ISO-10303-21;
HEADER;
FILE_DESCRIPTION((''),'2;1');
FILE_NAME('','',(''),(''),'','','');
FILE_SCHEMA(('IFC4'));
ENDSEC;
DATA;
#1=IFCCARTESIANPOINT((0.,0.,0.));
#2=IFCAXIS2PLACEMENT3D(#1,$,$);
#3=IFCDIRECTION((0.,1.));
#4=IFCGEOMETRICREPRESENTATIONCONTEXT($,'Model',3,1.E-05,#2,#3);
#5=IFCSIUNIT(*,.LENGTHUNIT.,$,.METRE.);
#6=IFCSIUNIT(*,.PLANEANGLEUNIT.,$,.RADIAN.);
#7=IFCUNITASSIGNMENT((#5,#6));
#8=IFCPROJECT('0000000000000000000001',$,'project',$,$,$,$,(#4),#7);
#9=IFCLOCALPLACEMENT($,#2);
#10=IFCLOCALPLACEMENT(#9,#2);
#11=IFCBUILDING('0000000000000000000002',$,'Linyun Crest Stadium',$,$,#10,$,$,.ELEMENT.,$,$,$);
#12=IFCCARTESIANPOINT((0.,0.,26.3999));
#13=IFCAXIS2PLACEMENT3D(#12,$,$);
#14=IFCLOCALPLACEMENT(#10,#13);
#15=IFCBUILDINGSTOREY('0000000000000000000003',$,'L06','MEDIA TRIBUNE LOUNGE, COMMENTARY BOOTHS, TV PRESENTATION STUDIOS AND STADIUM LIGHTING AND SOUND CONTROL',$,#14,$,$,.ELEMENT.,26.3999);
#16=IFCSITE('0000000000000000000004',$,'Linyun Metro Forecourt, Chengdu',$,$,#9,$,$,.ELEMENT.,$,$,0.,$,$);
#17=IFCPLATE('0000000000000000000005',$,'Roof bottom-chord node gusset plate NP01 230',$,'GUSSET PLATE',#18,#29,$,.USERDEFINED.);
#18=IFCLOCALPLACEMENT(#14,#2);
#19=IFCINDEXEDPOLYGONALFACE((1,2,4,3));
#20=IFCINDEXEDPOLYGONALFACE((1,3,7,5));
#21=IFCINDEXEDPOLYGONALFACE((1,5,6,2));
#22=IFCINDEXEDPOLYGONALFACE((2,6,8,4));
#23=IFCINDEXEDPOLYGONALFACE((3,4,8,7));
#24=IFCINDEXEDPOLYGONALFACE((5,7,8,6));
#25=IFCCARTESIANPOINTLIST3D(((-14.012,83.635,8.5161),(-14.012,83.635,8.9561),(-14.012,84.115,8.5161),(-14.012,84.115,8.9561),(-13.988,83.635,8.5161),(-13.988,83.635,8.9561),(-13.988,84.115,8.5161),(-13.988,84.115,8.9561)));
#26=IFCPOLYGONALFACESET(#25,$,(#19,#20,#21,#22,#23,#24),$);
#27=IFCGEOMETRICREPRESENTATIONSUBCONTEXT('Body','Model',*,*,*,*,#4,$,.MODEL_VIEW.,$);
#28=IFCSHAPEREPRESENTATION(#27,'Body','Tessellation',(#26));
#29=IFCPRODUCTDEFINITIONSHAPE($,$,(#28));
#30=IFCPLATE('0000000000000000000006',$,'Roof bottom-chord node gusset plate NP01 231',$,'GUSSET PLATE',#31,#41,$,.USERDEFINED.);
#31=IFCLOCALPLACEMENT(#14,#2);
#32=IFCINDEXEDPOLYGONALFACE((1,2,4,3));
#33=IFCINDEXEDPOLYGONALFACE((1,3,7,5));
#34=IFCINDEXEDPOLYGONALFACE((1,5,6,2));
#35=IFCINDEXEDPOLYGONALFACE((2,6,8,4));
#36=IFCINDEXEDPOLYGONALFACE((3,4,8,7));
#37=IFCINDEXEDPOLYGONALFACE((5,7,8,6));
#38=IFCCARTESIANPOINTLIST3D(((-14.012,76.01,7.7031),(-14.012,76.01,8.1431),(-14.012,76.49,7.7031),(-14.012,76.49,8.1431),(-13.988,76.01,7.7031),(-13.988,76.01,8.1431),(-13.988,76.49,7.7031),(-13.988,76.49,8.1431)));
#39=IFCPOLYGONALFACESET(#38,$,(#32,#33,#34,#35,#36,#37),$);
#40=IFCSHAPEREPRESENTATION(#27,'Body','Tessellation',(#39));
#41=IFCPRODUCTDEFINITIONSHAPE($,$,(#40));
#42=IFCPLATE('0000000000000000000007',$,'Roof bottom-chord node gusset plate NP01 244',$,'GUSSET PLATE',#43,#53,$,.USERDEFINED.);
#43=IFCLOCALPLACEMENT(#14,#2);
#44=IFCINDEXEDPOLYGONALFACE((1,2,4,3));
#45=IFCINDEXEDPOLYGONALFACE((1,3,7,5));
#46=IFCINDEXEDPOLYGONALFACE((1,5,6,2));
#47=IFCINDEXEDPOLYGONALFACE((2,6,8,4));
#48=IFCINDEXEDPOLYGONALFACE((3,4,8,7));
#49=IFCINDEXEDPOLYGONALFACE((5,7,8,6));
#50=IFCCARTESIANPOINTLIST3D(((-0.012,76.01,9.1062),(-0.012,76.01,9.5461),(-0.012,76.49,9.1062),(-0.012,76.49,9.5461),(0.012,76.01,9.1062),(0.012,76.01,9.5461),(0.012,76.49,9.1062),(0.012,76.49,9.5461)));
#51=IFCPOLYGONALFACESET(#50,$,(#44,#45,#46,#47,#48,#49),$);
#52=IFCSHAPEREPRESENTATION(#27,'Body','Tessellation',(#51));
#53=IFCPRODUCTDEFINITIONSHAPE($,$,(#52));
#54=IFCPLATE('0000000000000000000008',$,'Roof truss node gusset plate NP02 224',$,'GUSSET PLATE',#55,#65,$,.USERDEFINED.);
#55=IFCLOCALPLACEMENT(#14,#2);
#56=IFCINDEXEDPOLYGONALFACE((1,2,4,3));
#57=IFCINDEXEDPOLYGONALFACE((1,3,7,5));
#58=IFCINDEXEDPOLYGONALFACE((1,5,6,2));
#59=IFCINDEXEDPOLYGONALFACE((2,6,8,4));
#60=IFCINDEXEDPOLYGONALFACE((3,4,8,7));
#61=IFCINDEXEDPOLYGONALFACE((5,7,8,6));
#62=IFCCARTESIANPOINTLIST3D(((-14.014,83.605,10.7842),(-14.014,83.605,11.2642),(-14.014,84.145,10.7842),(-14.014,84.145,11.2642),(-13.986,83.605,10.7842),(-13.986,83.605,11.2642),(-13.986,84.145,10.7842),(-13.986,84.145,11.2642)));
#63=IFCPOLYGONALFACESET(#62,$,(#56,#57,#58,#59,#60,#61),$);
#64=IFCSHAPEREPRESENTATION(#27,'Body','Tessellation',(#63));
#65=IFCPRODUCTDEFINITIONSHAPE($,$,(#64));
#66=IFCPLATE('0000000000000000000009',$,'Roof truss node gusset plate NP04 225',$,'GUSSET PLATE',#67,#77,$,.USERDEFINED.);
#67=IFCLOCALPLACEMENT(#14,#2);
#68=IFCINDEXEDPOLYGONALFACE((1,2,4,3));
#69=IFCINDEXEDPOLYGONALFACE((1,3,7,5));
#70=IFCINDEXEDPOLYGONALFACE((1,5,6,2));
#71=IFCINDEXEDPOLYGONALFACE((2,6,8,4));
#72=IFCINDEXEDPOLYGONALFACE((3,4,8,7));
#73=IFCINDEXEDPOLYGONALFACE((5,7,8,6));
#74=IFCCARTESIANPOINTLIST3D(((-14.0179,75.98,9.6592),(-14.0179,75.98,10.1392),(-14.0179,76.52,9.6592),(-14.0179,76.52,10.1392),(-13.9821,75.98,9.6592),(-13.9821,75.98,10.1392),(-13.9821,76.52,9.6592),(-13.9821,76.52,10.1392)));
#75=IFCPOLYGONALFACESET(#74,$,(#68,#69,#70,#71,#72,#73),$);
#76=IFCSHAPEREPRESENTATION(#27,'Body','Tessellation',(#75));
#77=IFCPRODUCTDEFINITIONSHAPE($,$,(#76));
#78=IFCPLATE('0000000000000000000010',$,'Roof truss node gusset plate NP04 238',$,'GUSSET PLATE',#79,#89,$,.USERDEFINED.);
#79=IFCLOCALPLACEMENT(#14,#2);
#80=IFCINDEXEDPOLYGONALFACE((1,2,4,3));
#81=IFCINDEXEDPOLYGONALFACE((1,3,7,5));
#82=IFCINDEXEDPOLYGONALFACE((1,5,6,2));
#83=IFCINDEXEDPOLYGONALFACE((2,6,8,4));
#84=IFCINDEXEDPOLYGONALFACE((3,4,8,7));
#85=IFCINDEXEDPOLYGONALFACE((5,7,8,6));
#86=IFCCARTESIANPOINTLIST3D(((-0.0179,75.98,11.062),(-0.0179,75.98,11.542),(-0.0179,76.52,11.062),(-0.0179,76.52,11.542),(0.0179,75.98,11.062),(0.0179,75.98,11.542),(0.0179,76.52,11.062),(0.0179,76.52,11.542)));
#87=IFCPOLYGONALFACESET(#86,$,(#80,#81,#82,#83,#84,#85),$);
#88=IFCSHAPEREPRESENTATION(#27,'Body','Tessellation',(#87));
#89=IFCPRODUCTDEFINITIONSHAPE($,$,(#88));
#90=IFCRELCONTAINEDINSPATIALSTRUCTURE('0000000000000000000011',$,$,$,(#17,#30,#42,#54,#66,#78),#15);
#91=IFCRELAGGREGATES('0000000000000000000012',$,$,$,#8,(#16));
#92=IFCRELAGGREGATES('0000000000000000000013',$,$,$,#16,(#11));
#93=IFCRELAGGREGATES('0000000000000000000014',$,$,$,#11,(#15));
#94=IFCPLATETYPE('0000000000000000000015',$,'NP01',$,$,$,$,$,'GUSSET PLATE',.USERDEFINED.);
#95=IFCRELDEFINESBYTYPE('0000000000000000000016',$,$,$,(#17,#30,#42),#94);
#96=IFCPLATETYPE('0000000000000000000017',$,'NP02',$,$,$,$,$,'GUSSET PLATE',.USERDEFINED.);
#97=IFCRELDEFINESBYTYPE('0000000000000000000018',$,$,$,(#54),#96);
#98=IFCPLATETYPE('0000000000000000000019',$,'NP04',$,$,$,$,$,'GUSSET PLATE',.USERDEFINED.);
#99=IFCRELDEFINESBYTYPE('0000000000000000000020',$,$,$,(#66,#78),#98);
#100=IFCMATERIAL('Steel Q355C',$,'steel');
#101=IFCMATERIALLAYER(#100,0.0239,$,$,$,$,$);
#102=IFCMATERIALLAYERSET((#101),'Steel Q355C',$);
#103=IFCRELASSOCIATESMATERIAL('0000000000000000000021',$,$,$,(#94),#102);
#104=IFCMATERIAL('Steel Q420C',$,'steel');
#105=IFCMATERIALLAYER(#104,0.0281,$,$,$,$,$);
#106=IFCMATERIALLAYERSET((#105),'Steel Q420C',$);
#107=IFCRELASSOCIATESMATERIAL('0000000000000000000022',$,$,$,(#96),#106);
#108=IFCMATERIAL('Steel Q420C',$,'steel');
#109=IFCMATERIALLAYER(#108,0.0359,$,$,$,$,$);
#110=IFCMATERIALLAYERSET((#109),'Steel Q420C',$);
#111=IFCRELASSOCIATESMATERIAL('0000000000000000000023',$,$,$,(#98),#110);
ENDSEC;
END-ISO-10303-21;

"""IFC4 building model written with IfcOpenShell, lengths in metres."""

from ifc_helpers import new_model, si_unit, direction, frame, origin, origin_2d, place, context, subcontext, project, spatial, rectangle, extrude, material, layer, layer_set, type_object, element, save


model = new_model("IFC4")

# Units and contexts
model_context = context("Model", 3, precision=1e-05, world=origin(), true_north=direction((0.0, 1.0)))
body_context = subcontext(model_context, "Body", "Model", "MODEL_VIEW")
ifc_project = project(units=[si_unit("LENGTHUNIT", "METRE"), si_unit("PLANEANGLEUNIT", "RADIAN")], contexts=[model_context])

# Site, building, storey
site_placement = place(None, origin())
site = spatial("IfcSite", under=ifc_project, at=site_placement, Name="Linyun Metro Forecourt, Chengdu", CompositionType="ELEMENT", RefElevation=0.0)
building_placement = place(site_placement, origin())
building = spatial("IfcBuilding", under=site, at=building_placement, Name="Linyun Crest Stadium", CompositionType="ELEMENT")
storey_placement = place(building_placement, frame((0.0, 0.0, 26.3999)))
storey = spatial("IfcBuildingStorey", under=building, at=storey_placement, Name="L06", Description="MEDIA TRIBUNE LOUNGE, COMMENTARY BOOTHS, TV PRESENTATION STUDIOS AND STADIUM LIGHTING AND SOUND CONTROL", CompositionType="ELEMENT", Elevation=26.3999)

# Plates
ifc_material_1 = material(Name="Steel Q355C", Category="steel")
ifc_layer_1 = layer(ifc_material_1, 0.0239)
ifc_layer_set_1 = layer_set([ifc_layer_1], Name="Steel Q355C")
plate_type_1 = type_object("IfcPlateType", Name="NP01", ElementType="GUSSET PLATE", PredefinedType="USERDEFINED", material=ifc_layer_set_1)
for number, where, z_axis, x_axis, name in (
    (1, (-14.0, 83.875, 8.5161), (0.0, 0.0, 1.0), (0.0, 1.0, 0.0), "Roof bottom-chord node gusset plate NP01 230"),
    (2, (-14.0, 76.25, 7.7031), (0.0, 0.0, 1.0), (0.0, 1.0, 0.0), "Roof bottom-chord node gusset plate NP01 231"),
    (3, (0.0, 76.25, 9.1062), (0.0, 0.0, 1.0), (0.0, 1.0, 0.0), "Roof bottom-chord node gusset plate NP01 244"),
):
    element("IfcPlate", number, at=place(storey_placement, frame(where, z_axis=z_axis, x_axis=x_axis)), inside=storey, type_object=plate_type_1, Name=name, ObjectType="GUSSET PLATE", PredefinedType="USERDEFINED", context=body_context, shape_type="SweptSolid", body=[
        extrude(rectangle(XDim=0.48, YDim=0.0239, at=origin_2d()), origin(), (0.0, 0.0, 1.0), 0.4399),
    ])
ifc_material_2 = material(Name="Steel Q420C", Category="steel")
ifc_layer_2 = layer(ifc_material_2, 0.0281)
ifc_layer_set_2 = layer_set([ifc_layer_2], Name="Steel Q420C")
plate_type_2 = type_object("IfcPlateType", Name="NP02", ElementType="GUSSET PLATE", PredefinedType="USERDEFINED", material=ifc_layer_set_2)
plate_placement = place(storey_placement, frame((-14.0, 83.875, 10.7842), z_axis=(0.0, 0.0, 1.0), x_axis=(0.0, 1.0, 0.0)))
element("IfcPlate", 4, at=plate_placement, inside=storey, type_object=plate_type_2, Name="Roof truss node gusset plate NP02 224", ObjectType="GUSSET PLATE", PredefinedType="USERDEFINED", context=body_context, shape_type="SweptSolid", body=[
    extrude(rectangle(XDim=0.54, YDim=0.0281, at=origin_2d()), origin(), (0.0, 0.0, 1.0), 0.48),
])
ifc_material_3 = material(Name="Steel Q420C", Category="steel")
ifc_layer_3 = layer(ifc_material_3, 0.0359)
ifc_layer_set_3 = layer_set([ifc_layer_3], Name="Steel Q420C")
plate_type_3 = type_object("IfcPlateType", Name="NP04", ElementType="GUSSET PLATE", PredefinedType="USERDEFINED", material=ifc_layer_set_3)
for number, where, z_axis, x_axis, name in (
    (5, (-14.0, 76.25, 9.6592), (0.0, 0.0, 1.0), (0.0, 1.0, 0.0), "Roof truss node gusset plate NP04 225"),
    (6, (0.0, 76.25, 11.062), (0.0, 0.0, 1.0), (0.0, 1.0, 0.0), "Roof truss node gusset plate NP04 238"),
):
    element("IfcPlate", number, at=place(storey_placement, frame(where, z_axis=z_axis, x_axis=x_axis)), inside=storey, type_object=plate_type_3, Name=name, ObjectType="GUSSET PLATE", PredefinedType="USERDEFINED", context=body_context, shape_type="SweptSolid", body=[
        extrude(rectangle(XDim=0.54, YDim=0.0359, at=origin_2d()), origin(), (0.0, 0.0, 1.0), 0.48),
    ])

save(model, "model.ifc")
